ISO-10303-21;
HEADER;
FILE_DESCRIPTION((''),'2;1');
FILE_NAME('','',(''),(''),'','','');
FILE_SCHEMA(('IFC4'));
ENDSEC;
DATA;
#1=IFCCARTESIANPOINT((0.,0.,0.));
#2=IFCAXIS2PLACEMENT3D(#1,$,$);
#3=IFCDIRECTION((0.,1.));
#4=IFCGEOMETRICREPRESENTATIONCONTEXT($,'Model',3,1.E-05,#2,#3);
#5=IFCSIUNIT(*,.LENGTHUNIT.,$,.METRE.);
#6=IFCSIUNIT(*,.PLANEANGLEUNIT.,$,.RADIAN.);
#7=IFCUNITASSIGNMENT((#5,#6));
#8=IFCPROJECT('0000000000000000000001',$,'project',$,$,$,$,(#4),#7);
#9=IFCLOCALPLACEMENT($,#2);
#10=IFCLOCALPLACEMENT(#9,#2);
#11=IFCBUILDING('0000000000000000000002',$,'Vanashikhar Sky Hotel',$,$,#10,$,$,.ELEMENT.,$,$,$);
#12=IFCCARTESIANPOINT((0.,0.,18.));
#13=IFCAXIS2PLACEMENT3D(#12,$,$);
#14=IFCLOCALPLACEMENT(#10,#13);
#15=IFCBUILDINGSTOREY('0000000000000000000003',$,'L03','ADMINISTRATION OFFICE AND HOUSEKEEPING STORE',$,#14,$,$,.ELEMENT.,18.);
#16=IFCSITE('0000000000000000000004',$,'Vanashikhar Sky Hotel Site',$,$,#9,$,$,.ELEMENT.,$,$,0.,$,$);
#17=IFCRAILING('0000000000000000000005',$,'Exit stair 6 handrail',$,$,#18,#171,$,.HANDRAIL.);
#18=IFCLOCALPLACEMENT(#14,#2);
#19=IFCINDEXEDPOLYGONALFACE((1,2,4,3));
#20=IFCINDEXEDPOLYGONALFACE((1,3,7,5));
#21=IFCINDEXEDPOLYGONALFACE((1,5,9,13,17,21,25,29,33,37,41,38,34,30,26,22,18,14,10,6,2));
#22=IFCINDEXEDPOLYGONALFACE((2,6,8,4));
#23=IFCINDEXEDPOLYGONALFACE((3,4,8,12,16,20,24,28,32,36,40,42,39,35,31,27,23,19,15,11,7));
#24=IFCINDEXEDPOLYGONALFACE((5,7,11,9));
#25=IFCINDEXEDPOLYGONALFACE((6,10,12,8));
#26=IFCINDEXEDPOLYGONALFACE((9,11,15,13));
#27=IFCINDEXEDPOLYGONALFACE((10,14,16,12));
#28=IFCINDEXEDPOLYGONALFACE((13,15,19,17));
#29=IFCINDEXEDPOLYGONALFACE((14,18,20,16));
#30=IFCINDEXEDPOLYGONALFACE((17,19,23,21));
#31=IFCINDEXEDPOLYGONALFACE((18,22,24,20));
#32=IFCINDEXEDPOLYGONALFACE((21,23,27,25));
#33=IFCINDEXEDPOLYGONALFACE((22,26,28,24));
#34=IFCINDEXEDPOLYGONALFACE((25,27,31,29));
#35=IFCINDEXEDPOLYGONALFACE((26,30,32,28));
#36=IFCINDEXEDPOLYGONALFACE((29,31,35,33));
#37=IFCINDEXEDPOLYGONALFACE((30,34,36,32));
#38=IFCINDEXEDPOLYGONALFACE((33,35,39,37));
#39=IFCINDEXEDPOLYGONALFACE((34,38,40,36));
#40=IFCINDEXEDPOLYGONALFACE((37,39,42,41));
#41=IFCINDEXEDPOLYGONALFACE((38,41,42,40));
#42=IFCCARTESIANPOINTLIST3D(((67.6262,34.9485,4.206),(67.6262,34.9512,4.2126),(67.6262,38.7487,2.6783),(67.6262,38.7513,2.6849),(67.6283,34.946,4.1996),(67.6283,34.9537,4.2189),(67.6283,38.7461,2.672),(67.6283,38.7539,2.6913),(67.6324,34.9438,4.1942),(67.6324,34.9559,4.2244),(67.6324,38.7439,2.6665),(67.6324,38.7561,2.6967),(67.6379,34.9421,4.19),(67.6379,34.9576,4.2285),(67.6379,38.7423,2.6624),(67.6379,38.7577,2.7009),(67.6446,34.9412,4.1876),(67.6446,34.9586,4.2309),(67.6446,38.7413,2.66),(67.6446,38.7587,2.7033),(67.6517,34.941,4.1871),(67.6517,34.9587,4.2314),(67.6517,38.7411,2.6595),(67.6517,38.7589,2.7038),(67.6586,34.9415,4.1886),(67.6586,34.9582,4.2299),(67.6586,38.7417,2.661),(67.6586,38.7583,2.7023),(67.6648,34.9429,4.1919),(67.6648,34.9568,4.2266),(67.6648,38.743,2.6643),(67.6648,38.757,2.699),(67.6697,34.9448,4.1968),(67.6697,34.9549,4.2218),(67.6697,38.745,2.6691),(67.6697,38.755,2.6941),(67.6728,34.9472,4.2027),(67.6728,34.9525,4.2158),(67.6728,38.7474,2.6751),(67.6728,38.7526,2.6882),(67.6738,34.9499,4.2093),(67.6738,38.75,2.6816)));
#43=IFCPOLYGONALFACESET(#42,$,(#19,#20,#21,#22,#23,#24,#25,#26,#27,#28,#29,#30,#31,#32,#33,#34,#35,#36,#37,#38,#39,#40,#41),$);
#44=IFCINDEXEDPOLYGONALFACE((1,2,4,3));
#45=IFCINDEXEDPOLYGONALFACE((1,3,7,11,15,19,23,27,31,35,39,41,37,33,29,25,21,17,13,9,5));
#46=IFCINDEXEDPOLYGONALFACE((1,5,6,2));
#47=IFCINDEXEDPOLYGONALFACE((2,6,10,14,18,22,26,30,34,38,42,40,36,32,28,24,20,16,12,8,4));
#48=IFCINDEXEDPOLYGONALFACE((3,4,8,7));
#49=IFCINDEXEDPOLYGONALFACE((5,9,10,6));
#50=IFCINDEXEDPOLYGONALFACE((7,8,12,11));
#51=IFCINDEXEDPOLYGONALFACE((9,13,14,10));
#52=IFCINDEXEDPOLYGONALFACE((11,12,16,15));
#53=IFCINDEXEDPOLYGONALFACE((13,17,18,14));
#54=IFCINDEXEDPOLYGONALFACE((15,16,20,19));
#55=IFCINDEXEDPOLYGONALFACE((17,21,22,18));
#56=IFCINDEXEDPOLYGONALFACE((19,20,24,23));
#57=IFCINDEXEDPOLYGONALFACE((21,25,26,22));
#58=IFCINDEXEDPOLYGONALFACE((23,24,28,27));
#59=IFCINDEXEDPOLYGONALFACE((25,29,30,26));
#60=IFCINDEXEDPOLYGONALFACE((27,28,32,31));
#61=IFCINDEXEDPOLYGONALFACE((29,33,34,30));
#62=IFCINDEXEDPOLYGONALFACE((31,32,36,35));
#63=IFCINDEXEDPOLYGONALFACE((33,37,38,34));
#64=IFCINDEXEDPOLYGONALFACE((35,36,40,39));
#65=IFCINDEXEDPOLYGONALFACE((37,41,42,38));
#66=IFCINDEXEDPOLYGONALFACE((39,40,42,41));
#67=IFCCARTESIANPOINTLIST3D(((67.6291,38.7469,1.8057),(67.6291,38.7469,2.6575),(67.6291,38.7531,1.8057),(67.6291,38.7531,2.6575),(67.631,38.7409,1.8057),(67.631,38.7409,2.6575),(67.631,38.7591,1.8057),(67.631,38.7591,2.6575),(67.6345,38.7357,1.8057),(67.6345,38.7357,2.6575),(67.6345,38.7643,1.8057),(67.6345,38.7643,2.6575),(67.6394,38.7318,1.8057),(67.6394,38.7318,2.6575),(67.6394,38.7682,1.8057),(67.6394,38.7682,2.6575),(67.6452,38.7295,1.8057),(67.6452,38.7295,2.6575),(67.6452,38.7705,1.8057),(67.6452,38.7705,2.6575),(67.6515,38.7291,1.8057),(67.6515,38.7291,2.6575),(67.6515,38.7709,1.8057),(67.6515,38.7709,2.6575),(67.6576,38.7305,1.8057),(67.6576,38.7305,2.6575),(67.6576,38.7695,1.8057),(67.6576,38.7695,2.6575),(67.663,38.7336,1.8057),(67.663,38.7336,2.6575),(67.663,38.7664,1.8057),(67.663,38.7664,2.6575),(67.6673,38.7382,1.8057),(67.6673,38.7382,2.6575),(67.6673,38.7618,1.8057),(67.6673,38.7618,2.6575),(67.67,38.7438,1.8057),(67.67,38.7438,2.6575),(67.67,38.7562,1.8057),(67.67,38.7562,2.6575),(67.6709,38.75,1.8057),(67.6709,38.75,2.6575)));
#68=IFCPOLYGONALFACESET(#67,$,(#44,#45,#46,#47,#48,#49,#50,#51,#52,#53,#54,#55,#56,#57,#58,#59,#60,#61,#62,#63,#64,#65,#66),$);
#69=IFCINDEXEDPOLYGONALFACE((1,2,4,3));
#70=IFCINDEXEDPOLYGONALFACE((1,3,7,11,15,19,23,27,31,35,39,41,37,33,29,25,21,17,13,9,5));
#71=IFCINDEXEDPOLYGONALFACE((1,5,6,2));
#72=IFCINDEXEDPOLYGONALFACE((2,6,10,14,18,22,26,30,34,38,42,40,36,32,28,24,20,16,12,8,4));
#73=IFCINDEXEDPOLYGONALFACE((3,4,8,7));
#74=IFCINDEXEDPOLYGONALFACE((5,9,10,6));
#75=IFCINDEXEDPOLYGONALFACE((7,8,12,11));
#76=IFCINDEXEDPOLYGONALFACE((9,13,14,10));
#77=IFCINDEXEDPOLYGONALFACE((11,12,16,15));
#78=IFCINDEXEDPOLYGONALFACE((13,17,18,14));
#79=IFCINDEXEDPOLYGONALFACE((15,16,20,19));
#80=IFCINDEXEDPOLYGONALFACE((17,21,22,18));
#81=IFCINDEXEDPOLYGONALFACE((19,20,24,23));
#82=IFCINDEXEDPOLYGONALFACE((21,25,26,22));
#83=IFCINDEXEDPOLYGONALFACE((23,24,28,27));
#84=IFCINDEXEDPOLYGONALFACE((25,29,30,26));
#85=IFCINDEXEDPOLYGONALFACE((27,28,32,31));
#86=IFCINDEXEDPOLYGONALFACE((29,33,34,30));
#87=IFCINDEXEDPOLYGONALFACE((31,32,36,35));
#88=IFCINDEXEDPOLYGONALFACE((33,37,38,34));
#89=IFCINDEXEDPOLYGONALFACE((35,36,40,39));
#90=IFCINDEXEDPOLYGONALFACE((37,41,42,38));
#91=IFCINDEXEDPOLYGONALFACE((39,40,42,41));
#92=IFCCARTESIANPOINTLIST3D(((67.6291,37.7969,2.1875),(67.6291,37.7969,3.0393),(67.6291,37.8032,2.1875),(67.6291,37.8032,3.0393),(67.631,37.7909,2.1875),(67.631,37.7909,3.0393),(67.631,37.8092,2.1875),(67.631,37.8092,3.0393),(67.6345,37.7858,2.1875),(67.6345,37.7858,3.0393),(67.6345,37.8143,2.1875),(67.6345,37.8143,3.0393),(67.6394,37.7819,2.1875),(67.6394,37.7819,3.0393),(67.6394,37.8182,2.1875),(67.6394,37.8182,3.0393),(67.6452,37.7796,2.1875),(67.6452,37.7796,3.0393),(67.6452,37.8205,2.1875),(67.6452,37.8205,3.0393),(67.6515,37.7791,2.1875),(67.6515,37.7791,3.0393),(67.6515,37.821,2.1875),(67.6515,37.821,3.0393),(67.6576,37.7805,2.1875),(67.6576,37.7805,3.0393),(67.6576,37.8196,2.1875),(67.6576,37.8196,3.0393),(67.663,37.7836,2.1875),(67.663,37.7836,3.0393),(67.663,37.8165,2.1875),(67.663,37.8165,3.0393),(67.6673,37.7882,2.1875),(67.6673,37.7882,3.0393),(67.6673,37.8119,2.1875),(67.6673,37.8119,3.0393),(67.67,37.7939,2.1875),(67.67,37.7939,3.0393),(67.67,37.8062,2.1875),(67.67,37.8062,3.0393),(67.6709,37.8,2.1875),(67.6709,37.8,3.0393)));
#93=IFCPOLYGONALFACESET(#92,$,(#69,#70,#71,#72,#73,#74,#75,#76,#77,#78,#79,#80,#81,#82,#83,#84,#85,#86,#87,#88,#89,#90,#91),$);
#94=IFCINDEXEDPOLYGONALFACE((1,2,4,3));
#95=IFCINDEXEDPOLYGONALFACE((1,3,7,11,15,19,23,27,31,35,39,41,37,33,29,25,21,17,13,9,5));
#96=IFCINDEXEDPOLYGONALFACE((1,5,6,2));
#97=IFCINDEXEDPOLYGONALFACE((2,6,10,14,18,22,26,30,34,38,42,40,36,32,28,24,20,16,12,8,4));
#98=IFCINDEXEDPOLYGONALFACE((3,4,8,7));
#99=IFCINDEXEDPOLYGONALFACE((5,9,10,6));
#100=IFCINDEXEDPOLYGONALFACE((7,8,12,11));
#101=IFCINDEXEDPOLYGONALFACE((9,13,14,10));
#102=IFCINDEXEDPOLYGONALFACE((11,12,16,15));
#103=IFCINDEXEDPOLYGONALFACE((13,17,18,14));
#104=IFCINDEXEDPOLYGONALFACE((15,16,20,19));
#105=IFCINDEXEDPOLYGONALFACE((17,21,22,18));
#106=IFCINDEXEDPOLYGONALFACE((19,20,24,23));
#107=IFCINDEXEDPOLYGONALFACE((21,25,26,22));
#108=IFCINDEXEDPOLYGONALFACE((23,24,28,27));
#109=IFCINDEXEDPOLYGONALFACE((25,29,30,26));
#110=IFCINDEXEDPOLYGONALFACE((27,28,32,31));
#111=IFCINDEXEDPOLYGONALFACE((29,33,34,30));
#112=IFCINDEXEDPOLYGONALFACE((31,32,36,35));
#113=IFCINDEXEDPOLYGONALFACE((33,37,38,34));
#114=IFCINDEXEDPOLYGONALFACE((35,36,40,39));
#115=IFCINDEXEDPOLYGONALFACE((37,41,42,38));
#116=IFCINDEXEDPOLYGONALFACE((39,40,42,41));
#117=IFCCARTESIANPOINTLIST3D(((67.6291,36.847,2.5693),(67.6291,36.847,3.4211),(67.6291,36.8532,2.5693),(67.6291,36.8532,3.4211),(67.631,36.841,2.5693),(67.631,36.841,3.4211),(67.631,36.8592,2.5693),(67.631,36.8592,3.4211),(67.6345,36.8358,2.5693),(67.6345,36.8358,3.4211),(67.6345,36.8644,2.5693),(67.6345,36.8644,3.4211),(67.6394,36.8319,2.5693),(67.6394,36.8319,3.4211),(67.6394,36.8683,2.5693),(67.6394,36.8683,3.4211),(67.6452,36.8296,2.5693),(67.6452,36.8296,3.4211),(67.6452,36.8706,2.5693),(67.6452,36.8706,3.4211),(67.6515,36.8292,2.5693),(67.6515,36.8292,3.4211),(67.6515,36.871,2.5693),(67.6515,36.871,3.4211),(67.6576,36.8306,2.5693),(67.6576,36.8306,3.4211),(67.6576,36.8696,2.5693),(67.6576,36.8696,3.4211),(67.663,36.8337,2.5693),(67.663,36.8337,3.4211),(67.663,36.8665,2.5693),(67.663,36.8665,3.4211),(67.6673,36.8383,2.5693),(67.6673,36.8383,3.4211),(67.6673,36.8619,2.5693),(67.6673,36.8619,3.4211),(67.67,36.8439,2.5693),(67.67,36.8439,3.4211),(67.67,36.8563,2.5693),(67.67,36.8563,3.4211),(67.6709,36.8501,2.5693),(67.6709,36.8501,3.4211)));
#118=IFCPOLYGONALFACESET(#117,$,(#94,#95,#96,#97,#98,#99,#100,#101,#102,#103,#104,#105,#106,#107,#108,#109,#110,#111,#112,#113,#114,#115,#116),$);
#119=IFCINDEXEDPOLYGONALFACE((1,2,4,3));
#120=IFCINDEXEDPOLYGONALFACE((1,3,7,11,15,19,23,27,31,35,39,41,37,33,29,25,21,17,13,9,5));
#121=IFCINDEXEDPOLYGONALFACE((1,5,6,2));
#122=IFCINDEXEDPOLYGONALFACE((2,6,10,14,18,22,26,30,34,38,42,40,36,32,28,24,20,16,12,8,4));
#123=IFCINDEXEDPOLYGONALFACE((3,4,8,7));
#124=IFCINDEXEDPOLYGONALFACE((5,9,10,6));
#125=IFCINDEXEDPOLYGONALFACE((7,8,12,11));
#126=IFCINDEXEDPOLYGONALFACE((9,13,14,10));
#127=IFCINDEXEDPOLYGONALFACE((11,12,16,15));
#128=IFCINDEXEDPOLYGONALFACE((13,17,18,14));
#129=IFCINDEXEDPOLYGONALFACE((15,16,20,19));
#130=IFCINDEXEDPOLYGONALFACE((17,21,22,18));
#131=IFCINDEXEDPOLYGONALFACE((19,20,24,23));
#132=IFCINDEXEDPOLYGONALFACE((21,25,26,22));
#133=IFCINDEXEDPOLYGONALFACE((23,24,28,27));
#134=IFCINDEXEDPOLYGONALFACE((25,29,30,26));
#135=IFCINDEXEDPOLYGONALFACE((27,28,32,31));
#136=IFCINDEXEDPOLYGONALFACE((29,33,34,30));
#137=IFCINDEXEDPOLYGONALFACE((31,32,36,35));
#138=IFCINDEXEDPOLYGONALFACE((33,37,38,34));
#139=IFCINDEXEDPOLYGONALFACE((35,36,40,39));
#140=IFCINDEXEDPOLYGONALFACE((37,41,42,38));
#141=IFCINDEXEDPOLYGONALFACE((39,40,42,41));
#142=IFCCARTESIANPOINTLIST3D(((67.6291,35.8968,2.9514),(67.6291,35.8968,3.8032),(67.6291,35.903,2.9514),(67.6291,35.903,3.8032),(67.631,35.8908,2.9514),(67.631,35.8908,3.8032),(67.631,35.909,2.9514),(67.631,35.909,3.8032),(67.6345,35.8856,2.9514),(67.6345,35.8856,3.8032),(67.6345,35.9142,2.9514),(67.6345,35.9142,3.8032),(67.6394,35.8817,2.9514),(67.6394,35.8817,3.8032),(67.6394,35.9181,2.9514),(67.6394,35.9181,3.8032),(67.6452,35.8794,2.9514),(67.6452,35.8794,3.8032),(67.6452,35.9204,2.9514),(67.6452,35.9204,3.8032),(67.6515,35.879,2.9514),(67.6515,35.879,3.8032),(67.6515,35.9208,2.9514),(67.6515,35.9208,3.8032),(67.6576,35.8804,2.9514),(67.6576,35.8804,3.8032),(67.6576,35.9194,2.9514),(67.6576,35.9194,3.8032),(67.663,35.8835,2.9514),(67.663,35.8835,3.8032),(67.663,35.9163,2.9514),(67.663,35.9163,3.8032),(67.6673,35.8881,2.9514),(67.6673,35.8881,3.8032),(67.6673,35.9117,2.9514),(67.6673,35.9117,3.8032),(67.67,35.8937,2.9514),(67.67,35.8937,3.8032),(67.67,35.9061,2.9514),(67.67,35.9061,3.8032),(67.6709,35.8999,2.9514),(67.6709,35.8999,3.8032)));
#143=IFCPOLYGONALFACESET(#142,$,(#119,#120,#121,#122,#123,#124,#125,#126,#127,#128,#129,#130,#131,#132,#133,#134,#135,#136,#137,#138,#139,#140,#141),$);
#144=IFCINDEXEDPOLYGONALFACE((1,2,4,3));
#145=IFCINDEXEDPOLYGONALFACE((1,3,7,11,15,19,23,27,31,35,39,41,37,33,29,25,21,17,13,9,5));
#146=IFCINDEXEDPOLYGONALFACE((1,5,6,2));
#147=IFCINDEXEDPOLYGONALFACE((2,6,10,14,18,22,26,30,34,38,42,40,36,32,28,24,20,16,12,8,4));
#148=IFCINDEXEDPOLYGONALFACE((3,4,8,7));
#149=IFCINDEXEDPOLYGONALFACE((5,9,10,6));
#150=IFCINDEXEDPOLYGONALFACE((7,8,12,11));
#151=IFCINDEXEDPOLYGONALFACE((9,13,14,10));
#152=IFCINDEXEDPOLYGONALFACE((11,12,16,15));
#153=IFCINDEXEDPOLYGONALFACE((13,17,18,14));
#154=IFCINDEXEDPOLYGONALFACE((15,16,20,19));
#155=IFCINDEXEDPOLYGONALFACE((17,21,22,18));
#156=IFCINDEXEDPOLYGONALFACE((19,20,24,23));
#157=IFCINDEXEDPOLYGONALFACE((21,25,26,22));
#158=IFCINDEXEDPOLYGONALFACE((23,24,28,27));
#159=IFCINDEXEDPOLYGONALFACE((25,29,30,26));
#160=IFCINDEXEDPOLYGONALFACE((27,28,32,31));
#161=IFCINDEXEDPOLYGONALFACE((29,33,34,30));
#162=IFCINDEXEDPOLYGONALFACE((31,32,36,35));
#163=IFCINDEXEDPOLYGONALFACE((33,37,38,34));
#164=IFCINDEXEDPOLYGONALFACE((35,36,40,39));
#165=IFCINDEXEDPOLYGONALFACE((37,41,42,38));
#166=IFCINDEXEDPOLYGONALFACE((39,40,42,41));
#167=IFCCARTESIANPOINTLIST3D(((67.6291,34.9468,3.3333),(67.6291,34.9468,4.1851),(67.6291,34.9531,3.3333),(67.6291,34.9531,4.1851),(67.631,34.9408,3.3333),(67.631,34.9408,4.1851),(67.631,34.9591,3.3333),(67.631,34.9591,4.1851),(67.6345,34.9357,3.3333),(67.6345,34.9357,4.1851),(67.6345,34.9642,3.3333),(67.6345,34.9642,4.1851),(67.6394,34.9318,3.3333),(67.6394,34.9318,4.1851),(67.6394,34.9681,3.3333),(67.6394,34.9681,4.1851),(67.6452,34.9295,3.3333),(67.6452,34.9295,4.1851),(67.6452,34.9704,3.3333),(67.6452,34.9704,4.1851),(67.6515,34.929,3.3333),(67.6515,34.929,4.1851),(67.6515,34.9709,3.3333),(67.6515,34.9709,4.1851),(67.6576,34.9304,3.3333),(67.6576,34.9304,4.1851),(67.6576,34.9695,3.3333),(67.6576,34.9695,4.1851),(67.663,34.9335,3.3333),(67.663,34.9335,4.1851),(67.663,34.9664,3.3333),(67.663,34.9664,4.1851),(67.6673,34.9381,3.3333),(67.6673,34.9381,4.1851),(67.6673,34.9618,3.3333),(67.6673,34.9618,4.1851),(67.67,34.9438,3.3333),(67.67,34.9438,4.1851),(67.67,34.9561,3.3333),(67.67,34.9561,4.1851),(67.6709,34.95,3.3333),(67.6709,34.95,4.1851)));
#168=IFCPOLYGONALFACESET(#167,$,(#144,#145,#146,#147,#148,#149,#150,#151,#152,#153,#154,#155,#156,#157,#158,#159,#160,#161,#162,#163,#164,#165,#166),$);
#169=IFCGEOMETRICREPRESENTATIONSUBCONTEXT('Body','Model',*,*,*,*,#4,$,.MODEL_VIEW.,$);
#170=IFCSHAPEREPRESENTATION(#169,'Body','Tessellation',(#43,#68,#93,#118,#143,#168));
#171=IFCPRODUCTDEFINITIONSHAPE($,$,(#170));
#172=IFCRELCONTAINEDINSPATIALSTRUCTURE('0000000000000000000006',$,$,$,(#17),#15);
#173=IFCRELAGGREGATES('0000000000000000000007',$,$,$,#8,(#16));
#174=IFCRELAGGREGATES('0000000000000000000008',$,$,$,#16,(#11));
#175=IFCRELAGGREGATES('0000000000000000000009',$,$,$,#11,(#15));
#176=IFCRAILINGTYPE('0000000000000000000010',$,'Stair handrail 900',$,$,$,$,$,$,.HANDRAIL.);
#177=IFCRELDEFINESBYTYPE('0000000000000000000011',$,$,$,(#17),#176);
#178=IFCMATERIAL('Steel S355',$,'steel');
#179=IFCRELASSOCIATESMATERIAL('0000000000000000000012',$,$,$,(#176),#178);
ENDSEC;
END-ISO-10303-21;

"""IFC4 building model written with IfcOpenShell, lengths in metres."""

from ifc_helpers import new_model, si_unit, direction, frame, origin, origin_2d, place, context, subcontext, project, spatial, circle, extrude, source, transform, mapped, material, type_object, element, save


model = new_model("IFC4")

# Units and contexts
model_context = context("Model", 3, precision=1e-05, world=origin(), true_north=direction((0.0, 1.0)))
body_context = subcontext(model_context, "Body", "Model", "MODEL_VIEW")
ifc_project = project(units=[si_unit("LENGTHUNIT", "METRE"), si_unit("PLANEANGLEUNIT", "RADIAN")], contexts=[model_context])

# Site, building, storey
site_placement = place(None, origin())
site = spatial("IfcSite", under=ifc_project, at=site_placement, Name="Vanashikhar Sky Hotel Site", CompositionType="ELEMENT", RefElevation=0.0)
building_placement = place(site_placement, origin())
building = spatial("IfcBuilding", under=site, at=building_placement, Name="Vanashikhar Sky Hotel", CompositionType="ELEMENT")
storey_placement = place(building_placement, frame((0.0, 0.0, 18.0)))
storey = spatial("IfcBuildingStorey", under=building, at=storey_placement, Name="L03", Description="ADMINISTRATION OFFICE AND HOUSEKEEPING STORE", CompositionType="ELEMENT", Elevation=18.0)

# Railing
ifc_material_1 = material(Name="Steel S355", Category="steel")
railing_type_1 = type_object("IfcRailingType", Name="Stair handrail 900", PredefinedType="HANDRAIL", material=ifc_material_1)
shared_shape_1 = source(origin(), body_context, "Body", "SweptSolid", [
    extrude(circle(Radius=0.0239, at=origin_2d()), frame((0.0, 0.0, 0.876), z_axis=(0.0, -0.927838, 0.372983), x_axis=(1.0, 0.0, 0.0)), (0.0, 0.0, 1.0), 4.0957),
    extrude(circle(Radius=0.021, at=origin_2d()), origin(), (0.0, 0.0, 1.0), 0.8518),
    extrude(circle(Radius=0.021, at=origin_2d()), frame((0.0, -0.95, 0.3818)), (0.0, 0.0, 1.0), 0.8518),
    extrude(circle(Radius=0.021, at=origin_2d()), frame((0.0, -1.8999, 0.7637)), (0.0, 0.0, 1.0), 0.8518),
    extrude(circle(Radius=0.021, at=origin_2d()), frame((0.0, -2.8501, 1.1458)), (0.0, 0.0, 1.0), 0.8518),
    extrude(circle(Radius=0.021, at=origin_2d()), frame((0.0, -3.8, 1.5276)), (0.0, 0.0, 1.0), 0.8518),
])
for number, where, name in (
    (1, (67.6499, 38.75, 1.8057), "Exit stair 6 handrail"),
):
    element("IfcRailing", number, at=place(storey_placement, frame(where)), inside=storey, type_object=railing_type_1, Name=name, PredefinedType="HANDRAIL", context=body_context, shape_type="MappedRepresentation", body=[
        mapped(shared_shape_1, transform((0.0, 0.0, 0.0), scale=1.0)),
    ])

save(model, "model.ifc")
